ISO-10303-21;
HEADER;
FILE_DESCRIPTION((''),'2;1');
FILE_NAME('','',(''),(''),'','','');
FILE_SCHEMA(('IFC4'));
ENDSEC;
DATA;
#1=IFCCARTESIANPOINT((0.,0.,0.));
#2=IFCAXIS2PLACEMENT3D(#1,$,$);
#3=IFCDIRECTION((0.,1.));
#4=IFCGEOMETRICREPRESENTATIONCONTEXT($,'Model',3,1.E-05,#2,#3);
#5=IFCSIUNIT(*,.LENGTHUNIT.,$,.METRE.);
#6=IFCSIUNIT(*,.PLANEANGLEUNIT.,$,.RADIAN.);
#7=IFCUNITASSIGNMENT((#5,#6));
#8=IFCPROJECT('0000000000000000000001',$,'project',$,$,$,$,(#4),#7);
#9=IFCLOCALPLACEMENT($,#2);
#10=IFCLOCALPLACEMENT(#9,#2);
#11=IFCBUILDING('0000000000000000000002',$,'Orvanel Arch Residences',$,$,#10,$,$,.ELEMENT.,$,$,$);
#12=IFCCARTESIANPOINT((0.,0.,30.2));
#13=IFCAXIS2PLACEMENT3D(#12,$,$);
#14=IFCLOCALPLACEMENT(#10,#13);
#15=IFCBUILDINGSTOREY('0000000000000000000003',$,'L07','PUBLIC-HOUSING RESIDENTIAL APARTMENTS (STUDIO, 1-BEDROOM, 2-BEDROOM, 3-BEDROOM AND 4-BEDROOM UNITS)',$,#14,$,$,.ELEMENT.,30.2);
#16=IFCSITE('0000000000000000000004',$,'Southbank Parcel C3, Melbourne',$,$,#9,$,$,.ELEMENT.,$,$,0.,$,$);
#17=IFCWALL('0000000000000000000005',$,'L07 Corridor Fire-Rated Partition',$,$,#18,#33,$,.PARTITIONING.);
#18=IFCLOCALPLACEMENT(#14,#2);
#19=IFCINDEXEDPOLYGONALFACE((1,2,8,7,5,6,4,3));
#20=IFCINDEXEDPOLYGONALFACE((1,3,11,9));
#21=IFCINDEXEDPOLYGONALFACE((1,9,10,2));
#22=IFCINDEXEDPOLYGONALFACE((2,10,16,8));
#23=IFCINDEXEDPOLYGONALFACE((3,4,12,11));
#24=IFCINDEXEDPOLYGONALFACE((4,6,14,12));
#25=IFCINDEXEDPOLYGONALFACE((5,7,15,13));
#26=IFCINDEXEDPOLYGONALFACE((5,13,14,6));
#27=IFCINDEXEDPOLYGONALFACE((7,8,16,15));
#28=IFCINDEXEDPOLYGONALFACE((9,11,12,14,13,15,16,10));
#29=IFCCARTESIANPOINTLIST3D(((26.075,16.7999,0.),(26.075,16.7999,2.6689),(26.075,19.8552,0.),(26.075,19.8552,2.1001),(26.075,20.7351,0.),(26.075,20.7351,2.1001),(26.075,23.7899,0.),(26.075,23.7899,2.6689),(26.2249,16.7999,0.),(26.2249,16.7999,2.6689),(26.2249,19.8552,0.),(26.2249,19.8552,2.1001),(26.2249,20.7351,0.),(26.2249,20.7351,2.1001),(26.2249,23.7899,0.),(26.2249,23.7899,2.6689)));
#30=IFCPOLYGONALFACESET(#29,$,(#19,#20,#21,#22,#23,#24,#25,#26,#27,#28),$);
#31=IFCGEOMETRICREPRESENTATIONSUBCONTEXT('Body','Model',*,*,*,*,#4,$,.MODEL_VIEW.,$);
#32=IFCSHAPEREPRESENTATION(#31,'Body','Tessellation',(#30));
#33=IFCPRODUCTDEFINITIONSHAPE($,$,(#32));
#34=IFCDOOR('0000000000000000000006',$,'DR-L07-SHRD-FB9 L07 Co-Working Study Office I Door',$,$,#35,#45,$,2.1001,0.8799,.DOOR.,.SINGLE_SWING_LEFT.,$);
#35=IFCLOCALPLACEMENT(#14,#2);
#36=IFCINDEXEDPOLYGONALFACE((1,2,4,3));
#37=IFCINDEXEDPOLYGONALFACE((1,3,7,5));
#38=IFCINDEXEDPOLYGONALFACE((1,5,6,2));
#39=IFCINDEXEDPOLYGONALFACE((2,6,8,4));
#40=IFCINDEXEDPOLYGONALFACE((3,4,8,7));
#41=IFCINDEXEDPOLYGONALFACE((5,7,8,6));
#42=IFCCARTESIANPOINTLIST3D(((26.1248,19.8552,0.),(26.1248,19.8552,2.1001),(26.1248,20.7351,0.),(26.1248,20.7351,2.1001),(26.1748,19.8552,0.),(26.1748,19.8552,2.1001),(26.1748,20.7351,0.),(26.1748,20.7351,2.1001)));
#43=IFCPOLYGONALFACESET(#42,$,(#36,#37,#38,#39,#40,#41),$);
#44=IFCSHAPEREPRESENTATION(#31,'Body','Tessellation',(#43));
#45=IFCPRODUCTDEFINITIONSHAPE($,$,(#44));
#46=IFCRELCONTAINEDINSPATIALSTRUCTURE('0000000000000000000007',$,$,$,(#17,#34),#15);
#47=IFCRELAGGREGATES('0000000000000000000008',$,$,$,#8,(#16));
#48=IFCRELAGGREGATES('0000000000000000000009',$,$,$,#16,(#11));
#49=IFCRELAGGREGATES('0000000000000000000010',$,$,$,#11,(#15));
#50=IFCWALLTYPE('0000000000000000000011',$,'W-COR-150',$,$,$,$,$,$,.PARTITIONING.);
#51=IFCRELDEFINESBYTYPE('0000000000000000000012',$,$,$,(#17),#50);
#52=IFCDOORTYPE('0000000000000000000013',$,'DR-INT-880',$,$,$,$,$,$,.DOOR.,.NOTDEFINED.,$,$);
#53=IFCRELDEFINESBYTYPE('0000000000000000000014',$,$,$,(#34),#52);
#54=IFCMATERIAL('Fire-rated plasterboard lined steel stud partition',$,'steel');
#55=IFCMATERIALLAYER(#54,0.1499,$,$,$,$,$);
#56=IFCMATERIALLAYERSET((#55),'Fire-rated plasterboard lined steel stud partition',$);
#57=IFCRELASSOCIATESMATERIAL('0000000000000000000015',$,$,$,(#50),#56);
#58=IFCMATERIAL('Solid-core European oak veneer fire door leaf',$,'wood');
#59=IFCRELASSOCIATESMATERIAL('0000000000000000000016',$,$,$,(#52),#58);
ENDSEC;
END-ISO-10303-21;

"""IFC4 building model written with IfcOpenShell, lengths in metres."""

from ifc_helpers import new_model, si_unit, direction, frame, frame_2d, origin, place, context, subcontext, project, spatial, rectangle, extrude, material, layer, layer_set, type_object, element, fill, save


model = new_model("IFC4")

# Units and contexts
model_context = context("Model", 3, precision=1e-05, world=origin(), true_north=direction((0.0, 1.0)))
body_context = subcontext(model_context, "Body", "Model", "MODEL_VIEW")
ifc_project = project(units=[si_unit("LENGTHUNIT", "METRE"), si_unit("PLANEANGLEUNIT", "RADIAN")], contexts=[model_context])

# Site, building, storey
site_placement = place(None, origin())
site = spatial("IfcSite", under=ifc_project, at=site_placement, Name="Southbank Parcel C3, Melbourne", CompositionType="ELEMENT", RefElevation=0.0)
building_placement = place(site_placement, origin())
building = spatial("IfcBuilding", under=site, at=building_placement, Name="Orvanel Arch Residences", CompositionType="ELEMENT")
storey_placement = place(building_placement, frame((0.0, 0.0, 30.2)))
storey = spatial("IfcBuildingStorey", under=building, at=storey_placement, Name="L07", Description="PUBLIC-HOUSING RESIDENTIAL APARTMENTS (STUDIO, 1-BEDROOM, 2-BEDROOM, 3-BEDROOM AND 4-BEDROOM UNITS)", CompositionType="ELEMENT", Elevation=30.2)

# Wall, opening, door
ifc_material_1 = material(Name="Fire-rated plasterboard lined steel stud partition", Category="steel")
ifc_layer_1 = layer(ifc_material_1, 0.1499)
ifc_layer_set_1 = layer_set([ifc_layer_1], Name="Fire-rated plasterboard lined steel stud partition")
wall_type_1 = type_object("IfcWallType", Name="W-COR-150", PredefinedType="PARTITIONING", material=ifc_layer_set_1)
wall_1_placement = place(storey_placement, frame((26.1499, 23.79, 0.0), z_axis=(0.0, 0.0, 1.0), x_axis=(0.0, -1.0, 0.0)))
wall_1 = element("IfcWall", 1, at=wall_1_placement, inside=storey, type_object=wall_type_1, Name="L07 Corridor Fire-Rated Partition", PredefinedType="PARTITIONING", context=body_context, shape_type="SweptSolid", body=[
    extrude(rectangle(XDim=6.99, YDim=0.1499, at=frame_2d((3.4951, 0.0))), origin(), (0.0, 0.0, 1.0), 2.6689),
])
opening_1_placement = place(wall_1_placement, frame((3.0549, 0.0, 0.0)))
opening_1 = element("IfcOpeningElement", 2, at=opening_1_placement, cuts=wall_1, PredefinedType="OPENING", context=body_context, shape_type="SweptSolid", body=[
    extrude(rectangle(XDim=0.8799, YDim=2.1001, at=frame_2d((0.4399, 1.05))), frame((0.0, 0.085, 0.0), z_axis=(0.0, -1.0, 0.0), x_axis=(1.0, 0.0, 0.0)), (0.0, 0.0, 1.0), 0.1699),
])
ifc_material_2 = material(Name="Solid-core European oak veneer fire door leaf", Category="wood")
door_type_1 = type_object("IfcDoorType", Name="DR-INT-880", OperationType="NOTDEFINED", PredefinedType="DOOR", material=ifc_material_2)
door_1_placement = place(opening_1_placement, origin())
door_1 = element("IfcDoor", 3, at=door_1_placement, inside=storey, type_object=door_type_1, Name="DR-L07-SHRD-FB9 L07 Co-Working Study Office I Door", OperationType="SINGLE_SWING_LEFT", OverallHeight=2.1001, OverallWidth=0.8799, PredefinedType="DOOR", context=body_context, shape_type="SweptSolid", body=[
    extrude(rectangle(XDim=0.8799, YDim=2.1001, at=frame_2d((0.4399, 1.05))), frame((0.0, 0.0249, 0.0), z_axis=(0.0, -1.0, 0.0), x_axis=(1.0, 0.0, 0.0)), (0.0, 0.0, 1.0), 0.05),
])
fill(opening_1, door_1)

save(model, "model.ifc")
